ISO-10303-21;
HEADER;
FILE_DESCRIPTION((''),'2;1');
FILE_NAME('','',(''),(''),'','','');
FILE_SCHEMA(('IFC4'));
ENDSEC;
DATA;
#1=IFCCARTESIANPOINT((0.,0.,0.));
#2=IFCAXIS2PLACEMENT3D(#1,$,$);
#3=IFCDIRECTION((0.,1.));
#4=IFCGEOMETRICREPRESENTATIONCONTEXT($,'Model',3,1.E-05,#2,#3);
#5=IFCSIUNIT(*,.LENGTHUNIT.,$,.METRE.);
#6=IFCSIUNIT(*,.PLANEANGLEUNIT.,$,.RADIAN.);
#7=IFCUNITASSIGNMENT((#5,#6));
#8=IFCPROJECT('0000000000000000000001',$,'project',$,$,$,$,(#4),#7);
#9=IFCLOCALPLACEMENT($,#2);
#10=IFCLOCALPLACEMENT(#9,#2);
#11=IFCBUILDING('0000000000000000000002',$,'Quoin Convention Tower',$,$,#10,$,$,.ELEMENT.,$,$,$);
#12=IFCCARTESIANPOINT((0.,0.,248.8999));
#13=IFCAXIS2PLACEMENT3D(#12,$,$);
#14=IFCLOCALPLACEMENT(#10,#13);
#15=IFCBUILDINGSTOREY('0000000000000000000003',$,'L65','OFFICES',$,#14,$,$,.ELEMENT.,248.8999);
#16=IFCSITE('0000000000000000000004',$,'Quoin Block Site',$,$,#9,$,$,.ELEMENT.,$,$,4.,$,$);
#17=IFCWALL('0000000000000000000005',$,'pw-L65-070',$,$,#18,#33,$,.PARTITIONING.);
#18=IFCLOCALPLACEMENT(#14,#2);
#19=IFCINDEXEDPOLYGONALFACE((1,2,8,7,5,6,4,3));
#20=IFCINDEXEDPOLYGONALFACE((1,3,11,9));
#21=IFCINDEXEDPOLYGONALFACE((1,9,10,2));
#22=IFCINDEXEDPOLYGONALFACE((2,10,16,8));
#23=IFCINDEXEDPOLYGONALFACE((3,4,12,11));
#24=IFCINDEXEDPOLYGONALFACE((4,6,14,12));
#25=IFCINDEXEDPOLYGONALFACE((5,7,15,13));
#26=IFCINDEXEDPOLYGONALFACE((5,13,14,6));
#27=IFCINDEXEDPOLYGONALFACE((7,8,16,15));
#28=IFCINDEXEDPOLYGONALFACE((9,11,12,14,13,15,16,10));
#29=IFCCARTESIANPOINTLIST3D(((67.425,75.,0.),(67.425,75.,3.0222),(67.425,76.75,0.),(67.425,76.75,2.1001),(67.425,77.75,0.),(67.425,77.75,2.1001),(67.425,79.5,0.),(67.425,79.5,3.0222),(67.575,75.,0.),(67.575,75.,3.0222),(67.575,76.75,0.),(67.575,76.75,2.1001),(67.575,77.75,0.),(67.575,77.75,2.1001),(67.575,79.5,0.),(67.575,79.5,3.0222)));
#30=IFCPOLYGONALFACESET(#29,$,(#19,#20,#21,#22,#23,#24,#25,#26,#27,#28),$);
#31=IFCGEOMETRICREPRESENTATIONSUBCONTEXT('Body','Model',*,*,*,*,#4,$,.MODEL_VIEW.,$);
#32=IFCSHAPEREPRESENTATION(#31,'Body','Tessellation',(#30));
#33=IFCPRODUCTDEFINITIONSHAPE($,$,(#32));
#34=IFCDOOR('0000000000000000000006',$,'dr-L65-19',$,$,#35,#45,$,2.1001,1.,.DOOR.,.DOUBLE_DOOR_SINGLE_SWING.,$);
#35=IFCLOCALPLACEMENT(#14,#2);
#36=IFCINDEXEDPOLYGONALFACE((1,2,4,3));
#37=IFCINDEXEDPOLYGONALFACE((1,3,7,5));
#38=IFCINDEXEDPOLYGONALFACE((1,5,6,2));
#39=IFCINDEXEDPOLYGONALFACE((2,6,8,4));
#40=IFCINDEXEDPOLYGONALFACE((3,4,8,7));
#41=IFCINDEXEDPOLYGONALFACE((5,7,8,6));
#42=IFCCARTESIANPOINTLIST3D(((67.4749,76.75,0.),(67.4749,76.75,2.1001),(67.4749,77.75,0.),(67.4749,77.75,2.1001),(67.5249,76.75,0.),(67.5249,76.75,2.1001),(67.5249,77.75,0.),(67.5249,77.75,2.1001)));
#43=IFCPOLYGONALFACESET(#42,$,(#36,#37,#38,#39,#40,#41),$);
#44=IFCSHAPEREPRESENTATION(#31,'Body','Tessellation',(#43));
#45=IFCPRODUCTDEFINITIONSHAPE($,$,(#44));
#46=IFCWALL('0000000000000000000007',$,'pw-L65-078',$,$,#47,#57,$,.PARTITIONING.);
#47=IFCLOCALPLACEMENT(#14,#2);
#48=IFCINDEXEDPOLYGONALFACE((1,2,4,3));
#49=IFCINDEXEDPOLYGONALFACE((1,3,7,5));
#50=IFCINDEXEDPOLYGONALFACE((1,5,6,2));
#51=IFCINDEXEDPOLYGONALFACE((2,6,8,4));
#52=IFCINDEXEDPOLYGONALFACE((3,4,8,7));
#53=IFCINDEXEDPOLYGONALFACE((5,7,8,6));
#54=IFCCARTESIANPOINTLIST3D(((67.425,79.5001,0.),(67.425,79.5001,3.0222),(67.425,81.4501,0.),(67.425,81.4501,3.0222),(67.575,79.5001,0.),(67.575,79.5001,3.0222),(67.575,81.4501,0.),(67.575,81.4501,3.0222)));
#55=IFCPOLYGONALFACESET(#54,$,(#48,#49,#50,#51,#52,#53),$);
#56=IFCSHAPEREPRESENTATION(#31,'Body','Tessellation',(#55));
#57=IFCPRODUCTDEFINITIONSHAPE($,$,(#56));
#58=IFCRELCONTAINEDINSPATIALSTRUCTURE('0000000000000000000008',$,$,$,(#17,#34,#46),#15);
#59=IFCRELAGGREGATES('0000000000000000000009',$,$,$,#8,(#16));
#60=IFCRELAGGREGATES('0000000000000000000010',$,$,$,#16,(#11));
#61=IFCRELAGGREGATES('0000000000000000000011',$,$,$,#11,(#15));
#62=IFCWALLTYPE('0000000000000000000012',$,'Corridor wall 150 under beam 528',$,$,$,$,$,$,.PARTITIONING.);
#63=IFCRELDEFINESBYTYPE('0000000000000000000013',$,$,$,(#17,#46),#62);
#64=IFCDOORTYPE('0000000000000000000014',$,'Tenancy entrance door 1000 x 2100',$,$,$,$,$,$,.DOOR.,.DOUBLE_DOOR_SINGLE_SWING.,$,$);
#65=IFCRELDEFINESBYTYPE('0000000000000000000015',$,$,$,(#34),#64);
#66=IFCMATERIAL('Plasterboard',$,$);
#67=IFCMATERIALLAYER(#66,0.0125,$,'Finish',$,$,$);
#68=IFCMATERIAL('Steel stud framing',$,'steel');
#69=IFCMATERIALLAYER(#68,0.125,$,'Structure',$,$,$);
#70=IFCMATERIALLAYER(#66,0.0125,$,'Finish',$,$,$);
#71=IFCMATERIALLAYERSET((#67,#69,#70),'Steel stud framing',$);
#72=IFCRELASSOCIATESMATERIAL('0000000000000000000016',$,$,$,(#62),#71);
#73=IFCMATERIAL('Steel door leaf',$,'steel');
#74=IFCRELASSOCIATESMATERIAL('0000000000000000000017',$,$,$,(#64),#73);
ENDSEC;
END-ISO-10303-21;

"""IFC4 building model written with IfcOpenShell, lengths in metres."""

from ifc_helpers import new_model, si_unit, direction, frame, frame_2d, origin, place, context, subcontext, project, spatial, rectangle, extrude, material, layer, layer_set, type_object, element, fill, save


model = new_model("IFC4")

# Units and contexts
model_context = context("Model", 3, precision=1e-05, world=origin(), true_north=direction((0.0, 1.0)))
body_context = subcontext(model_context, "Body", "Model", "MODEL_VIEW")
ifc_project = project(units=[si_unit("LENGTHUNIT", "METRE"), si_unit("PLANEANGLEUNIT", "RADIAN")], contexts=[model_context])

# Site, building, storey
site_placement = place(None, origin())
site = spatial("IfcSite", under=ifc_project, at=site_placement, Name="Quoin Block Site", CompositionType="ELEMENT", RefElevation=4.0)
building_placement = place(site_placement, origin())
building = spatial("IfcBuilding", under=site, at=building_placement, Name="Quoin Convention Tower", CompositionType="ELEMENT")
storey_placement = place(building_placement, frame((0.0, 0.0, 248.8999)))
storey = spatial("IfcBuildingStorey", under=building, at=storey_placement, Name="L65", Description="OFFICES", CompositionType="ELEMENT", Elevation=248.8999)

# Shared definitions
ifc_material_1 = material(Name="Plasterboard")
ifc_material_2 = material(Name="Steel stud framing", Category="steel")

# Shared definitions
ifc_layer_1 = layer(ifc_material_1, 0.0125, Name="Finish")
ifc_layer_2 = layer(ifc_material_2, 0.125, Name="Structure")
ifc_layer_3 = layer(ifc_material_1, 0.0125, Name="Finish")
ifc_layer_set_1 = layer_set([ifc_layer_1, ifc_layer_2, ifc_layer_3], Name="Steel stud framing")
wall_type_1 = type_object("IfcWallType", Name="Corridor wall 150 under beam 528", PredefinedType="PARTITIONING", material=ifc_layer_set_1)

# Wall, opening, door
wall_1_placement = place(storey_placement, frame((67.5, 75.0, 0.0), z_axis=(0.0, 0.0, 1.0), x_axis=(0.0, 1.0, 0.0)))
wall_1 = element("IfcWall", 1, at=wall_1_placement, inside=storey, type_object=wall_type_1, Name="pw-L65-070", PredefinedType="PARTITIONING", context=body_context, shape_type="SweptSolid", body=[
    extrude(rectangle(XDim=4.5, YDim=0.1499, at=frame_2d((2.25, 0.0))), origin(), (0.0, 0.0, 1.0), 3.0222),
])
opening_1_placement = place(wall_1_placement, frame((1.75, 0.0, 0.0)))
opening_1 = element("IfcOpeningElement", 2, at=opening_1_placement, cuts=wall_1, PredefinedType="OPENING", context=body_context, shape_type="SweptSolid", body=[
    extrude(rectangle(XDim=1.0, YDim=2.1001, at=frame_2d((0.5, 1.05))), frame((0.0, 0.085, 0.0), z_axis=(0.0, -1.0, 0.0), x_axis=(1.0, 0.0, 0.0)), (0.0, 0.0, 1.0), 0.1699),
])
ifc_material_3 = material(Name="Steel door leaf", Category="steel")
door_type = type_object("IfcDoorType", Name="Tenancy entrance door 1000 x 2100", OperationType="DOUBLE_DOOR_SINGLE_SWING", PredefinedType="DOOR", material=ifc_material_3)
door_placement = place(opening_1_placement, frame((1.0, 0.0, 0.0), z_axis=(0.0, 0.0, 1.0), x_axis=(-1.0, 0.0, 0.0)))
door = element("IfcDoor", 3, at=door_placement, inside=storey, type_object=door_type, Name="dr-L65-19", OperationType="DOUBLE_DOOR_SINGLE_SWING", OverallHeight=2.1001, OverallWidth=1.0, PredefinedType="DOOR", context=body_context, shape_type="SweptSolid", body=[
    extrude(rectangle(XDim=1.0, YDim=2.1001, at=frame_2d((0.5, 1.05))), frame((0.0, 0.0249, 0.0), z_axis=(0.0, -1.0, 0.0), x_axis=(1.0, 0.0, 0.0)), (0.0, 0.0, 1.0), 0.05),
])
fill(opening_1, door)

# Wall
wall_2_placement = place(storey_placement, frame((67.5, 79.5, 0.0), z_axis=(0.0, 0.0, 1.0), x_axis=(0.0, 1.0, 0.0)))
element("IfcWall", 4, at=wall_2_placement, inside=storey, type_object=wall_type_1, Name="pw-L65-078", PredefinedType="PARTITIONING", context=body_context, shape_type="SweptSolid", body=[
    extrude(rectangle(XDim=1.95, YDim=0.1499, at=frame_2d((0.9751, 0.0))), origin(), (0.0, 0.0, 1.0), 3.0222),
])

save(model, "model.ifc")
